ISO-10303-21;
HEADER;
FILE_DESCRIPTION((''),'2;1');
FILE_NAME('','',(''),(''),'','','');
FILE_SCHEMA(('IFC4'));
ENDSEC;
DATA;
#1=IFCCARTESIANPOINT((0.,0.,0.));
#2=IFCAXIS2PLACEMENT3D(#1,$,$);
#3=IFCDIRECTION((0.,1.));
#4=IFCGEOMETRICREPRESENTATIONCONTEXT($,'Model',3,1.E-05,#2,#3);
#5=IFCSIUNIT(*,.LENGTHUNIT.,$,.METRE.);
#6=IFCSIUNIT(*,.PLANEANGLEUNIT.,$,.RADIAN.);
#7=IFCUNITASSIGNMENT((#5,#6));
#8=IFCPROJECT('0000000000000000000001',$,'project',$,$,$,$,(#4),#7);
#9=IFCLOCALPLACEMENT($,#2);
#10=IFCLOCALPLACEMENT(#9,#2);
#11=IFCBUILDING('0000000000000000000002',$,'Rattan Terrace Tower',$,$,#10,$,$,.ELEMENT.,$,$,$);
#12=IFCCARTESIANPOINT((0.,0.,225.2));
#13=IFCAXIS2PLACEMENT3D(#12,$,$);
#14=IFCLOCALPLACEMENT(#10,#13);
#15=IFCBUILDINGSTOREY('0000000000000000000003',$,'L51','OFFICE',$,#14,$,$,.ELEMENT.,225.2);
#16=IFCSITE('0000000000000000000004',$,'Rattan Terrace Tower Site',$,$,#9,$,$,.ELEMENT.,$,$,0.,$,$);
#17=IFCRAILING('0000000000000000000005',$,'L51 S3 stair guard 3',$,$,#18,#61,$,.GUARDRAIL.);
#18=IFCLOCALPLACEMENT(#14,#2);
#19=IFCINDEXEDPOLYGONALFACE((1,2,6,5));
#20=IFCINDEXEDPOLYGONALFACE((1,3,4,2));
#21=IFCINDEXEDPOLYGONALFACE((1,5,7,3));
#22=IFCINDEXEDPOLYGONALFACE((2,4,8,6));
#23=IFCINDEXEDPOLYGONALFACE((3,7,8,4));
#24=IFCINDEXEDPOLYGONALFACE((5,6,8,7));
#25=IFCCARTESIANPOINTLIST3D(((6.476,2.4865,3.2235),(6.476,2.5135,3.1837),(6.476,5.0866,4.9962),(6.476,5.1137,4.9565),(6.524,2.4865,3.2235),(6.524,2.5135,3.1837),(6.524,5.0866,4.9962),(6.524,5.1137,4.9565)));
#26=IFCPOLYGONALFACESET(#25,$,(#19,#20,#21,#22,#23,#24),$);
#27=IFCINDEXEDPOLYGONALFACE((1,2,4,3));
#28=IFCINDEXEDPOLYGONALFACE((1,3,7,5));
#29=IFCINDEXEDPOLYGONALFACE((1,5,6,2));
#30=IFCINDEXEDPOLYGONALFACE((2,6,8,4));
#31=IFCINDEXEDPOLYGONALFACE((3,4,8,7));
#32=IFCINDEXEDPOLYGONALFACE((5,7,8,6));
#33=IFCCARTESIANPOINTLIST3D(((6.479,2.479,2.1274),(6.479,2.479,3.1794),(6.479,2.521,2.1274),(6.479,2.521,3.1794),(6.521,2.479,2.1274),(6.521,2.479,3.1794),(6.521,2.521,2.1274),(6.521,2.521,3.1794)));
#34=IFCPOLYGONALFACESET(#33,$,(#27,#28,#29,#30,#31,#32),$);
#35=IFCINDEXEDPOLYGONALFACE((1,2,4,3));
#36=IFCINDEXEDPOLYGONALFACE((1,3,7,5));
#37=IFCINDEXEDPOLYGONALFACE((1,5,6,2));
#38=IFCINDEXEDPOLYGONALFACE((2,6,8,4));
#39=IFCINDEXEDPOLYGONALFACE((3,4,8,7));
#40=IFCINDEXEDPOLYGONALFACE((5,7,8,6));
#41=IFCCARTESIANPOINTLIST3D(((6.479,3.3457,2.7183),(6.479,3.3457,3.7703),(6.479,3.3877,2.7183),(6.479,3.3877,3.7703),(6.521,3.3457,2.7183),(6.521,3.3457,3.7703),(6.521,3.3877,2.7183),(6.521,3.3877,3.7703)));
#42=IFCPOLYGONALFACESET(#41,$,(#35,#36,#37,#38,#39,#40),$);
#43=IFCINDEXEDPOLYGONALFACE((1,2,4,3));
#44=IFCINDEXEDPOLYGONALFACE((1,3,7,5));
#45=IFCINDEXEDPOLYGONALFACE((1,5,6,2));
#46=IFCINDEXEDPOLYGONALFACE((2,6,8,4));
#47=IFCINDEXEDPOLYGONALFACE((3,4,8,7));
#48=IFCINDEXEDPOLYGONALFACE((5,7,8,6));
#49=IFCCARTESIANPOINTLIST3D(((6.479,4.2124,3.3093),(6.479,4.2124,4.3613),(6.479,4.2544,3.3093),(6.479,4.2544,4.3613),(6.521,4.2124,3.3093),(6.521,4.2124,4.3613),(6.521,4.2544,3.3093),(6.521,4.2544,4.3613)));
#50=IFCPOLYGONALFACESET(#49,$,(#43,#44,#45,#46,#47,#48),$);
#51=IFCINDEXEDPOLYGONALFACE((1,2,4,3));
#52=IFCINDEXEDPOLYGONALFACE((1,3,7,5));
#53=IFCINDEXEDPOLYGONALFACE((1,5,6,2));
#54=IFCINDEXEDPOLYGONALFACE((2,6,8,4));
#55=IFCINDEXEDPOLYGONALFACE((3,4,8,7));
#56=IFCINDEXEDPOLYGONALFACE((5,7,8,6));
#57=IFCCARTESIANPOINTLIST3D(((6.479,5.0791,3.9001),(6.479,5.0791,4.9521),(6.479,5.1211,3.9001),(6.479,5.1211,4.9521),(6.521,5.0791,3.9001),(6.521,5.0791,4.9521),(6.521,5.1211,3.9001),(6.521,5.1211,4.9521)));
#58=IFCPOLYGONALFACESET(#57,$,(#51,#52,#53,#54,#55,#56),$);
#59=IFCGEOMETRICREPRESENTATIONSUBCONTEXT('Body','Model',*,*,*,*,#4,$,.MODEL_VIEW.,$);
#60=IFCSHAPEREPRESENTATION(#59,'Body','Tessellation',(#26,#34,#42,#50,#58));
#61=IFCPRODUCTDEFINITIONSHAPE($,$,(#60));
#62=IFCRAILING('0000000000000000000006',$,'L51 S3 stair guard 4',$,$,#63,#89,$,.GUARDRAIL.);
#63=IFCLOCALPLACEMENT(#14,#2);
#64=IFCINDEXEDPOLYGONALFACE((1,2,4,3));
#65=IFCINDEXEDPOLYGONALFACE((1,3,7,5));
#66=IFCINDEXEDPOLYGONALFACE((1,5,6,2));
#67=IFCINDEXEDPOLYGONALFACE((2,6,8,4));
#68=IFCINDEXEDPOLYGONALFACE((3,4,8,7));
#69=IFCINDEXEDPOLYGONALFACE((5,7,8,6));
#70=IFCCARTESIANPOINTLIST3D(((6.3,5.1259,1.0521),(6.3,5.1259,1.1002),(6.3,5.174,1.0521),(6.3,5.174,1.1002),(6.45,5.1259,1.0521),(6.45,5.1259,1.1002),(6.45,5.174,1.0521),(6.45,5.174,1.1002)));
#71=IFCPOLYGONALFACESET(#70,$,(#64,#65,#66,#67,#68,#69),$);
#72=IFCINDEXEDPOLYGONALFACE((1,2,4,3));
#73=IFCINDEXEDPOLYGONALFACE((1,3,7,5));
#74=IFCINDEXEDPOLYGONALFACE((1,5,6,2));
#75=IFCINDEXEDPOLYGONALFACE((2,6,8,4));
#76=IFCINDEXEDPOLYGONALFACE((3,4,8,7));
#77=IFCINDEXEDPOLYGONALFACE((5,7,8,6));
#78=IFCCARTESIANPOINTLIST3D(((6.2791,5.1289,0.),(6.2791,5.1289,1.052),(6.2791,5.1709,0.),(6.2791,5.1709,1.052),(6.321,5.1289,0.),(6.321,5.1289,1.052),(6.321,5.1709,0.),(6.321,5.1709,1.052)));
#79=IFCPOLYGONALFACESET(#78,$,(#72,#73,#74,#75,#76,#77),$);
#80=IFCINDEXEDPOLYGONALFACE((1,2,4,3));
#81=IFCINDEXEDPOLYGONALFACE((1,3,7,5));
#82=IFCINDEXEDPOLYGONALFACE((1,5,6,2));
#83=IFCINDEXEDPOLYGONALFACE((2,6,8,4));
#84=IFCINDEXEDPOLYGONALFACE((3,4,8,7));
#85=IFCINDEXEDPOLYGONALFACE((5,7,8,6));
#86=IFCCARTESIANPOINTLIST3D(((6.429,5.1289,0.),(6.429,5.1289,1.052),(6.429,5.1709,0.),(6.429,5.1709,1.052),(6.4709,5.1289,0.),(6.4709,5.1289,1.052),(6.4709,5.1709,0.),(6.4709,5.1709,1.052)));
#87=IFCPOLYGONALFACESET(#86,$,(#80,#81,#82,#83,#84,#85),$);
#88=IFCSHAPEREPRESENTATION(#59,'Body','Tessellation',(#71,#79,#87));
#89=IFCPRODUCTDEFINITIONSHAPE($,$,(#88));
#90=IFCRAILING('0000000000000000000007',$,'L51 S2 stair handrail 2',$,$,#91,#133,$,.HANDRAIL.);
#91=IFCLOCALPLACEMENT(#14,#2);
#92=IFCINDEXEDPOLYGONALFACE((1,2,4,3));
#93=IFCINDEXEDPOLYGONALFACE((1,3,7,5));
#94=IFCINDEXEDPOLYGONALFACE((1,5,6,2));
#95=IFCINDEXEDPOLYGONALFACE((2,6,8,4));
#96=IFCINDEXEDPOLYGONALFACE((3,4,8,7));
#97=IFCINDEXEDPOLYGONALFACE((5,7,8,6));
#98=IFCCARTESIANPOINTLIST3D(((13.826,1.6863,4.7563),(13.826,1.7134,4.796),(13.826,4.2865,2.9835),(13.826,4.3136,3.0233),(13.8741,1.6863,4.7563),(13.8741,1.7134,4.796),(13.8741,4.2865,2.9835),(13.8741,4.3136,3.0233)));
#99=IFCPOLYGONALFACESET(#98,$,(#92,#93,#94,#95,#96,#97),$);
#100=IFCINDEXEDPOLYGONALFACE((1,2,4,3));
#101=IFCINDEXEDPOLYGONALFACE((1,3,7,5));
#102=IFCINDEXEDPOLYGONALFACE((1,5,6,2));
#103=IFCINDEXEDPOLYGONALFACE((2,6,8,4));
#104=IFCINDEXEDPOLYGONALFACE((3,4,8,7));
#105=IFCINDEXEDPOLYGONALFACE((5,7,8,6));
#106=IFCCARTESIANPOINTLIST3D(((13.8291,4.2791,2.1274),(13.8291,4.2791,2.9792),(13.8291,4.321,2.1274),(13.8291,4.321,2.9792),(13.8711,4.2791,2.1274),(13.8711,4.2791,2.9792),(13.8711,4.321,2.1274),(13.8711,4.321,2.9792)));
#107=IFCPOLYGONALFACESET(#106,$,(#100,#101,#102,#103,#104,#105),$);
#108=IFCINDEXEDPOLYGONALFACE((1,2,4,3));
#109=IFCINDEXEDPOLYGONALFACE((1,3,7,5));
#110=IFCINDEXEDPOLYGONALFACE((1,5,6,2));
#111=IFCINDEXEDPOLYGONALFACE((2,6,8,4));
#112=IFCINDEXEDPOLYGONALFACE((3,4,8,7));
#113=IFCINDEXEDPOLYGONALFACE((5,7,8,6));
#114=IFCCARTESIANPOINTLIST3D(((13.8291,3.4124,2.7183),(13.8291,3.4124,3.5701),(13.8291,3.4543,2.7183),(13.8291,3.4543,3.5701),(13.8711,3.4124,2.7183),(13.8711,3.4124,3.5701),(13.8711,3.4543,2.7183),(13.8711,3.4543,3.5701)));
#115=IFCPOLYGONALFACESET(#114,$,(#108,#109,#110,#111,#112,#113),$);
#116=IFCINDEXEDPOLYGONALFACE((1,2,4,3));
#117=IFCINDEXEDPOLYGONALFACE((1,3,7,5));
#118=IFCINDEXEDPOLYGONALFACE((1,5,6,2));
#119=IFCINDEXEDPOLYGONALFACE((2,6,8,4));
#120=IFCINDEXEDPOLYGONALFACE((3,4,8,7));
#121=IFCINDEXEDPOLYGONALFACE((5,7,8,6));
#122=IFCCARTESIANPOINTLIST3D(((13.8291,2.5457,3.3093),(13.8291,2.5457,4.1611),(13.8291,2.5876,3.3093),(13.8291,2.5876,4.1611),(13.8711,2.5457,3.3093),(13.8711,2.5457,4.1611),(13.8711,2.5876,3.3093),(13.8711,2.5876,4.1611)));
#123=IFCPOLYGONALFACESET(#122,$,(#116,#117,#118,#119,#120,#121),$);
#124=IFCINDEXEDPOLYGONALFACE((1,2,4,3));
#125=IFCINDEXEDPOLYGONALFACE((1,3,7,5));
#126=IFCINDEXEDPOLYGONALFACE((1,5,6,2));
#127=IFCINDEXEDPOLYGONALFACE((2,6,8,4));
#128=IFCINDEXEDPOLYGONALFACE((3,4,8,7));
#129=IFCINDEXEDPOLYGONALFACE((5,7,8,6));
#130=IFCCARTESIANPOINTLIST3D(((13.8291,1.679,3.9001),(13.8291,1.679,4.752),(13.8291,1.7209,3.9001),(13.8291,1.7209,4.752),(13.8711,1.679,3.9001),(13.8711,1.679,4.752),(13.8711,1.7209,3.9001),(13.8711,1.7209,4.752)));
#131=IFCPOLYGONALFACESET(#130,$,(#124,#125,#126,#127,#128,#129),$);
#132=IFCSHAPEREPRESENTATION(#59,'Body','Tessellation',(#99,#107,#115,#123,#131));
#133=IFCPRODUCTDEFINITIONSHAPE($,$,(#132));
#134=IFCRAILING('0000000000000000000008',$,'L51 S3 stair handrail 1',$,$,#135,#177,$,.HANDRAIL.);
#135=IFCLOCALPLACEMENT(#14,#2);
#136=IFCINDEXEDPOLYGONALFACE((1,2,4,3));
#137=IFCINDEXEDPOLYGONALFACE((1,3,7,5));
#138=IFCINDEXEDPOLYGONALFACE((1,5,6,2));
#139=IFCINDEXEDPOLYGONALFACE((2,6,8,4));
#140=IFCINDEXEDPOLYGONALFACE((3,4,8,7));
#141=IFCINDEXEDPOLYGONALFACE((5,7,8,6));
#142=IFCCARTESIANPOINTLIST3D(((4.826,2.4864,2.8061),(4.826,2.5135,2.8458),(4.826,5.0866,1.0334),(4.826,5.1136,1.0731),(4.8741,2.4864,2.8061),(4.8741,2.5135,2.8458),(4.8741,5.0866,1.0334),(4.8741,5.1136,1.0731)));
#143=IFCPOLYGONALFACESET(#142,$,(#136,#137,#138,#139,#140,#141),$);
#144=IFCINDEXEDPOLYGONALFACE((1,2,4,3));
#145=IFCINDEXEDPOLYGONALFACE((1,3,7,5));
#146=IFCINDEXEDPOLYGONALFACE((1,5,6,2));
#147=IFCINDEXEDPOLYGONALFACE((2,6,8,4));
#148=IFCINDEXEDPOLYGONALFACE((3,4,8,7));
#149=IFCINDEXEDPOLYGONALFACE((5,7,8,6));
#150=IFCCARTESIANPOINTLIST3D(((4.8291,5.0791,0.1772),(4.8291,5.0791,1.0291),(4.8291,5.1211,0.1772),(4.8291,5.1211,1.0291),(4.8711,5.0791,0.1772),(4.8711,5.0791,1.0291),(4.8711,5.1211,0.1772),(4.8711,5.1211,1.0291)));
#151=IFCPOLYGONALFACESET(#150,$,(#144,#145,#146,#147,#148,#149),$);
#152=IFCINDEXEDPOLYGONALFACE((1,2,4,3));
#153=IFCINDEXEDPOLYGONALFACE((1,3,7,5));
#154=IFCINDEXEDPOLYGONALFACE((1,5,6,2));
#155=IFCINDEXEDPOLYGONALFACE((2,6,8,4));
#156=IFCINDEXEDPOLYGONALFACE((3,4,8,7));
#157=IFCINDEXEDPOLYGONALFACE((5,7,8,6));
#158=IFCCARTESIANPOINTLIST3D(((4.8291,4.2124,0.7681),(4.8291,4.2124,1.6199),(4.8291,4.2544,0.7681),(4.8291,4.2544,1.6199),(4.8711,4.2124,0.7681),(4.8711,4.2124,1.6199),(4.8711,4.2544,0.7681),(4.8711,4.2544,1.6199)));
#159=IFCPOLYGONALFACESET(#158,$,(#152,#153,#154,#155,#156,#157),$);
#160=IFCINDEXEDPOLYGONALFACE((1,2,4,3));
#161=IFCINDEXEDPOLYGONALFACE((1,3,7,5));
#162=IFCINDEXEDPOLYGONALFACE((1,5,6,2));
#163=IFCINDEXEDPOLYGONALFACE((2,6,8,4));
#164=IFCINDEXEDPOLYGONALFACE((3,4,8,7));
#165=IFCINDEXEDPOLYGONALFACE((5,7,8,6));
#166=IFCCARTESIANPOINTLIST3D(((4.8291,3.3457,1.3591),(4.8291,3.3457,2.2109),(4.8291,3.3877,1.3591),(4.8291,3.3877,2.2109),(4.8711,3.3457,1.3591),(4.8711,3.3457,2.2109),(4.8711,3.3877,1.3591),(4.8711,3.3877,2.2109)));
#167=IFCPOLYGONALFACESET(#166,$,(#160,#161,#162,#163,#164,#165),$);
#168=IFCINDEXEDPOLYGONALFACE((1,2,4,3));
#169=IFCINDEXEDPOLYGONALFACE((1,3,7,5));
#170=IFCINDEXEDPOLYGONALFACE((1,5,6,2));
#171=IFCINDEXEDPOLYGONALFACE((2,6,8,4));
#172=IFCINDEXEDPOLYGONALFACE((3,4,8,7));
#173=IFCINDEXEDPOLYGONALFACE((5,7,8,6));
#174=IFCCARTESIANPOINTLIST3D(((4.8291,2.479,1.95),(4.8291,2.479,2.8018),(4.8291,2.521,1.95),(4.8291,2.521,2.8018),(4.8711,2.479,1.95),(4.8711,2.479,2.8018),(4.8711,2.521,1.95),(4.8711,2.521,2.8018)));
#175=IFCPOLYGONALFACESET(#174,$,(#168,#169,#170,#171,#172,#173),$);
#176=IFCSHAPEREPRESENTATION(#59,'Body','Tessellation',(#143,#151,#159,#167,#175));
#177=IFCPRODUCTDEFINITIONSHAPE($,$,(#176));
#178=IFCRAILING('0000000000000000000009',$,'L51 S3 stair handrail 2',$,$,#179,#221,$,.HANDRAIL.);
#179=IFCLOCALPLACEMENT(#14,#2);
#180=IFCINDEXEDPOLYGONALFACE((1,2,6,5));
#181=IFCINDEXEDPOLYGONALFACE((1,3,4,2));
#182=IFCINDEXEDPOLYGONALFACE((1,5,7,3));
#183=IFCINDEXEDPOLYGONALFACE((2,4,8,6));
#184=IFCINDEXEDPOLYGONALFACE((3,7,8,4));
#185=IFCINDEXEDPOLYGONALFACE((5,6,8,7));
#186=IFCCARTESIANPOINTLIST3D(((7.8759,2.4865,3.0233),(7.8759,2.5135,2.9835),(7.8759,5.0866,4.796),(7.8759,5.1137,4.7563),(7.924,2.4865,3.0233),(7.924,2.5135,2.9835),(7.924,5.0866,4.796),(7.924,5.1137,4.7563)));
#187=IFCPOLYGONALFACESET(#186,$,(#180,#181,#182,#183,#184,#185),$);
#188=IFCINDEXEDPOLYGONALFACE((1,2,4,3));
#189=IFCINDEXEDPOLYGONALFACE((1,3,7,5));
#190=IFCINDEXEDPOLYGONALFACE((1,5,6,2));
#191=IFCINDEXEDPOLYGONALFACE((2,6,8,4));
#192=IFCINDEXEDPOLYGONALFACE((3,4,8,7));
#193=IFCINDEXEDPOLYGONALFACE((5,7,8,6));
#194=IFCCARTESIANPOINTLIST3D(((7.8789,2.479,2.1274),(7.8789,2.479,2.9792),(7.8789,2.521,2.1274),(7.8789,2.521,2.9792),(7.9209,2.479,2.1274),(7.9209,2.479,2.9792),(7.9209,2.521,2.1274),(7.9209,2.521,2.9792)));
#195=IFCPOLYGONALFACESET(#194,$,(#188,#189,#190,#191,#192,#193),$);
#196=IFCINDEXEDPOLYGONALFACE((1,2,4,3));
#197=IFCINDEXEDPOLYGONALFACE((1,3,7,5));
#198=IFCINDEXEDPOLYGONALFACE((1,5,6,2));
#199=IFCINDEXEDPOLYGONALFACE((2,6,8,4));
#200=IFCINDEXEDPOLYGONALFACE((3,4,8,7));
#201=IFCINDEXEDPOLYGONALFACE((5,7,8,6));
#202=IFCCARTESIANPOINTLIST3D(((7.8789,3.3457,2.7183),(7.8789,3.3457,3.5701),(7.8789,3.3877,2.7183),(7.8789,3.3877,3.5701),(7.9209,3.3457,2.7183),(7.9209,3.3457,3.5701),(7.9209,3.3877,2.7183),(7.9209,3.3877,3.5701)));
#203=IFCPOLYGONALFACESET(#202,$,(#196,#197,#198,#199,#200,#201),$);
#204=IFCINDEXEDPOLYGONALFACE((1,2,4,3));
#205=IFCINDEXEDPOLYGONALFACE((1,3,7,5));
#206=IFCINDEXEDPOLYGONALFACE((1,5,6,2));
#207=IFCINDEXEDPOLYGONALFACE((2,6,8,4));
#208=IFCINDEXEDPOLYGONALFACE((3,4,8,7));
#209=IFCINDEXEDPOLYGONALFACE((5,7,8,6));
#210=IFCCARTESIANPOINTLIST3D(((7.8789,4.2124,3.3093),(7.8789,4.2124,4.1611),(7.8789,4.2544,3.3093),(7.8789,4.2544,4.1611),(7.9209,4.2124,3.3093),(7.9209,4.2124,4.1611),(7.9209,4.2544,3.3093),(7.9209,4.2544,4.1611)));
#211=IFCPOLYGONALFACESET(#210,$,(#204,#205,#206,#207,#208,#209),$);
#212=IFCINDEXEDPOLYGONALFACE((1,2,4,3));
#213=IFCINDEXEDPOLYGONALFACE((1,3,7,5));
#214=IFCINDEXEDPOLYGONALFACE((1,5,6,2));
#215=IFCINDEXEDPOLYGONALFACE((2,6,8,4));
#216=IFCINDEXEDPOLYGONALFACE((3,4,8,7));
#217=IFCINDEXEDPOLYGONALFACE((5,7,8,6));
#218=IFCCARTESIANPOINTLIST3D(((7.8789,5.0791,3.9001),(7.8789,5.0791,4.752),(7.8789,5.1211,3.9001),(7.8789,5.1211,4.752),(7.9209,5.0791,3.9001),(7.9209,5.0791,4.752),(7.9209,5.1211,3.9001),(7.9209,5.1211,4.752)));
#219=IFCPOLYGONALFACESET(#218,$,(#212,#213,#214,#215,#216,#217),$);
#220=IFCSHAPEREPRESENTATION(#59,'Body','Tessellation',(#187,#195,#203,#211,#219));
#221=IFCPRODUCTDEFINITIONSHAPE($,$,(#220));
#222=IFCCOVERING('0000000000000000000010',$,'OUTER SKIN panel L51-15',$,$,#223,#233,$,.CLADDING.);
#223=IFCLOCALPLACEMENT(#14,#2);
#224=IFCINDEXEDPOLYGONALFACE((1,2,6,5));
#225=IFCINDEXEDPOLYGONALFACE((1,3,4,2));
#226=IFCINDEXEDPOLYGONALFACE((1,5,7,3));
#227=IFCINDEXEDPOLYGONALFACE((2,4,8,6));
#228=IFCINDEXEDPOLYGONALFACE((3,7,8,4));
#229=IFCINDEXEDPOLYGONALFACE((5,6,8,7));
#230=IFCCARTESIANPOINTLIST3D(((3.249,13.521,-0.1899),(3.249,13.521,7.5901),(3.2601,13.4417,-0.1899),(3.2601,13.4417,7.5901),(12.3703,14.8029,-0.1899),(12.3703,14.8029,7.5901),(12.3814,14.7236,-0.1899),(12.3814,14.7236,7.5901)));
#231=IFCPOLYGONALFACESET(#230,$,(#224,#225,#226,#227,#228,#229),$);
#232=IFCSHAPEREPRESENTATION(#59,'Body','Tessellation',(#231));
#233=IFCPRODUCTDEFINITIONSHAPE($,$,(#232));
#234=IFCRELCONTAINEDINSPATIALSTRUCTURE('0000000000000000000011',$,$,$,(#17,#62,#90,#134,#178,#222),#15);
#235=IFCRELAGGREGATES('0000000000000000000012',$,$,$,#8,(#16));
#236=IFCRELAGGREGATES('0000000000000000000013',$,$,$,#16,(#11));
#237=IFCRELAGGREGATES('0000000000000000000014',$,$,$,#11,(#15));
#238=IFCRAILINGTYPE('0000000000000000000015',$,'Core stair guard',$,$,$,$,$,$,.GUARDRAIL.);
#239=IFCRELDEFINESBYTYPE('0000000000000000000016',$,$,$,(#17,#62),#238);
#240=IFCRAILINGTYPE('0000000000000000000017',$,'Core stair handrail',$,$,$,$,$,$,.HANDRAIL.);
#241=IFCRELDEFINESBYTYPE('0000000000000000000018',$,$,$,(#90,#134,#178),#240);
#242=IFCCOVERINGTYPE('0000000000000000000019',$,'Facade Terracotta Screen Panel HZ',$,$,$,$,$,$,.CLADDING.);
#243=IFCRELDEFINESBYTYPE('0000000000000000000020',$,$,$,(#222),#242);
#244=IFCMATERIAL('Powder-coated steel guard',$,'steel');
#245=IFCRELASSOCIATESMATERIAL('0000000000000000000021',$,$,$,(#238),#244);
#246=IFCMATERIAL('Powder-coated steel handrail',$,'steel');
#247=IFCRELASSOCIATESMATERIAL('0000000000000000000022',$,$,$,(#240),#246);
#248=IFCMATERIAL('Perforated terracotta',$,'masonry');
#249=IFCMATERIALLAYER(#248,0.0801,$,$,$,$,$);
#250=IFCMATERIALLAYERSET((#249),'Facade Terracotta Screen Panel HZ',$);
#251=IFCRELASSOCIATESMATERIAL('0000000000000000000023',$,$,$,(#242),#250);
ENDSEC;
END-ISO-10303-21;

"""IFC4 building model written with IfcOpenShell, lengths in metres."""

from ifc_helpers import new_model, si_unit, direction, frame, origin, origin_2d, place, context, subcontext, project, spatial, rectangle, extrude, material, layer, layer_set, type_object, element, save


model = new_model("IFC4")

# Units and contexts
model_context = context("Model", 3, precision=1e-05, world=origin(), true_north=direction((0.0, 1.0)))
body_context = subcontext(model_context, "Body", "Model", "MODEL_VIEW")
ifc_project = project(units=[si_unit("LENGTHUNIT", "METRE"), si_unit("PLANEANGLEUNIT", "RADIAN")], contexts=[model_context])

# Site, building, storey
site_placement = place(None, origin())
site = spatial("IfcSite", under=ifc_project, at=site_placement, Name="Rattan Terrace Tower Site", CompositionType="ELEMENT", RefElevation=0.0)
building_placement = place(site_placement, origin())
building = spatial("IfcBuilding", under=site, at=building_placement, Name="Rattan Terrace Tower", CompositionType="ELEMENT")
storey_placement = place(building_placement, frame((0.0, 0.0, 225.2)))
storey = spatial("IfcBuildingStorey", under=building, at=storey_placement, Name="L51", Description="OFFICE", CompositionType="ELEMENT", Elevation=225.2)

# Railings
ifc_material_1 = material(Name="Powder-coated steel guard", Category="steel")
railing_type_1 = type_object("IfcRailingType", Name="Core stair guard", PredefinedType="GUARDRAIL", material=ifc_material_1)
railing_1_placement = place(storey_placement, frame((6.5, 2.5, 2.1274)))
element("IfcRailing", 1, at=railing_1_placement, inside=storey, type_object=railing_type_1, Name="L51 S3 stair guard 3", PredefinedType="GUARDRAIL", context=body_context, shape_type="SweptSolid", body=[
    extrude(rectangle(XDim=0.0481, YDim=0.0481, at=origin_2d()), frame((0.0, 0.0, 1.0762), z_axis=(0.0, 0.82624, 0.563318), x_axis=(-1.0, 0.0, 0.0)), (0.0, 0.0, 1.0), 3.147),
    extrude(rectangle(XDim=0.042, YDim=0.042, at=origin_2d()), origin(), (0.0, 0.0, 1.0), 1.052),
    extrude(rectangle(XDim=0.042, YDim=0.042, at=origin_2d()), frame((0.0, 0.8667, 0.5908)), (0.0, 0.0, 1.0), 1.052),
    extrude(rectangle(XDim=0.042, YDim=0.042, at=origin_2d()), frame((0.0, 1.7334, 1.1819)), (0.0, 0.0, 1.0), 1.052),
    extrude(rectangle(XDim=0.042, YDim=0.042, at=origin_2d()), frame((0.0, 2.6001, 1.7727)), (0.0, 0.0, 1.0), 1.052),
])
railing_2_placement = place(storey_placement, frame((6.3, 5.1499, 0.0)))
element("IfcRailing", 2, at=railing_2_placement, inside=storey, type_object=railing_type_1, Name="L51 S3 stair guard 4", PredefinedType="GUARDRAIL", context=body_context, shape_type="SweptSolid", body=[
    extrude(rectangle(XDim=0.0481, YDim=0.0481, at=origin_2d()), frame((0.0, 0.0, 1.0762), z_axis=(1.0, 0.0, 0.0), x_axis=(0.0, 1.0, 0.0)), (0.0, 0.0, 1.0), 0.1499),
    extrude(rectangle(XDim=0.042, YDim=0.042, at=origin_2d()), origin(), (0.0, 0.0, 1.0), 1.052),
    extrude(rectangle(XDim=0.042, YDim=0.042, at=origin_2d()), frame((0.1499, 0.0, 0.0)), (0.0, 0.0, 1.0), 1.052),
])
ifc_material_2 = material(Name="Powder-coated steel handrail", Category="steel")
railing_type_2 = type_object("IfcRailingType", Name="Core stair handrail", PredefinedType="HANDRAIL", material=ifc_material_2)
for number, where, name in (
    (3, (13.8501, 4.3, 2.1274), "L51 S2 stair handrail 2"),
    (4, (4.8501, 5.1001, 0.1772), "L51 S3 stair handrail 1"),
):
    element("IfcRailing", number, at=place(storey_placement, frame(where)), inside=storey, type_object=railing_type_2, Name=name, PredefinedType="HANDRAIL", context=body_context, shape_type="SweptSolid", body=[
        extrude(rectangle(XDim=0.0481, YDim=0.0481, at=origin_2d()), frame((0.0, 0.0, 0.876), z_axis=(0.0, -0.82624, 0.563318), x_axis=(1.0, 0.0, 0.0)), (0.0, 0.0, 1.0), 3.147),
        extrude(rectangle(XDim=0.042, YDim=0.042, at=origin_2d()), origin(), (0.0, 0.0, 1.0), 0.8518),
        extrude(rectangle(XDim=0.042, YDim=0.042, at=origin_2d()), frame((0.0, -0.8667, 0.5908)), (0.0, 0.0, 1.0), 0.8518),
        extrude(rectangle(XDim=0.042, YDim=0.042, at=origin_2d()), frame((0.0, -1.7334, 1.1819)), (0.0, 0.0, 1.0), 0.8518),
        extrude(rectangle(XDim=0.042, YDim=0.042, at=origin_2d()), frame((0.0, -2.6001, 1.7727)), (0.0, 0.0, 1.0), 0.8518),
    ])
railing_3_placement = place(storey_placement, frame((7.8999, 2.5, 2.1274)))
element("IfcRailing", 5, at=railing_3_placement, inside=storey, type_object=railing_type_2, Name="L51 S3 stair handrail 2", PredefinedType="HANDRAIL", context=body_context, shape_type="SweptSolid", body=[
    extrude(rectangle(XDim=0.0481, YDim=0.0481, at=origin_2d()), frame((0.0, 0.0, 0.876), z_axis=(0.0, 0.82624, 0.563318), x_axis=(-1.0, 0.0, 0.0)), (0.0, 0.0, 1.0), 3.147),
    extrude(rectangle(XDim=0.042, YDim=0.042, at=origin_2d()), origin(), (0.0, 0.0, 1.0), 0.8518),
    extrude(rectangle(XDim=0.042, YDim=0.042, at=origin_2d()), frame((0.0, 0.8667, 0.5908)), (0.0, 0.0, 1.0), 0.8518),
    extrude(rectangle(XDim=0.042, YDim=0.042, at=origin_2d()), frame((0.0, 1.7334, 1.1819)), (0.0, 0.0, 1.0), 0.8518),
    extrude(rectangle(XDim=0.042, YDim=0.042, at=origin_2d()), frame((0.0, 2.6001, 1.7727)), (0.0, 0.0, 1.0), 0.8518),
])

# Covering
ifc_material_3 = material(Name="Perforated terracotta", Category="masonry")
ifc_layer_1 = layer(ifc_material_3, 0.0801)
ifc_layer_set_1 = layer_set([ifc_layer_1], Name="Facade Terracotta Screen Panel HZ")
covering_type = type_object("IfcCoveringType", Name="Facade Terracotta Screen Panel HZ", PredefinedType="CLADDING", material=ifc_layer_set_1)
covering_placement = place(storey_placement, frame((7.8152, 14.1223, -0.1899), z_axis=(0.0, 0.0, 1.0), x_axis=(-0.990267, -0.139177, 0.0)))
element("IfcCovering", 6, at=covering_placement, inside=storey, type_object=covering_type, Name="OUTER SKIN panel L51-15", PredefinedType="CLADDING", context=body_context, shape_type="SweptSolid", body=[
    extrude(rectangle(XDim=9.2109, YDim=0.0801, at=origin_2d()), origin(), (0.0, 0.0, 1.0), 7.78),
])

save(model, "model.ifc")
